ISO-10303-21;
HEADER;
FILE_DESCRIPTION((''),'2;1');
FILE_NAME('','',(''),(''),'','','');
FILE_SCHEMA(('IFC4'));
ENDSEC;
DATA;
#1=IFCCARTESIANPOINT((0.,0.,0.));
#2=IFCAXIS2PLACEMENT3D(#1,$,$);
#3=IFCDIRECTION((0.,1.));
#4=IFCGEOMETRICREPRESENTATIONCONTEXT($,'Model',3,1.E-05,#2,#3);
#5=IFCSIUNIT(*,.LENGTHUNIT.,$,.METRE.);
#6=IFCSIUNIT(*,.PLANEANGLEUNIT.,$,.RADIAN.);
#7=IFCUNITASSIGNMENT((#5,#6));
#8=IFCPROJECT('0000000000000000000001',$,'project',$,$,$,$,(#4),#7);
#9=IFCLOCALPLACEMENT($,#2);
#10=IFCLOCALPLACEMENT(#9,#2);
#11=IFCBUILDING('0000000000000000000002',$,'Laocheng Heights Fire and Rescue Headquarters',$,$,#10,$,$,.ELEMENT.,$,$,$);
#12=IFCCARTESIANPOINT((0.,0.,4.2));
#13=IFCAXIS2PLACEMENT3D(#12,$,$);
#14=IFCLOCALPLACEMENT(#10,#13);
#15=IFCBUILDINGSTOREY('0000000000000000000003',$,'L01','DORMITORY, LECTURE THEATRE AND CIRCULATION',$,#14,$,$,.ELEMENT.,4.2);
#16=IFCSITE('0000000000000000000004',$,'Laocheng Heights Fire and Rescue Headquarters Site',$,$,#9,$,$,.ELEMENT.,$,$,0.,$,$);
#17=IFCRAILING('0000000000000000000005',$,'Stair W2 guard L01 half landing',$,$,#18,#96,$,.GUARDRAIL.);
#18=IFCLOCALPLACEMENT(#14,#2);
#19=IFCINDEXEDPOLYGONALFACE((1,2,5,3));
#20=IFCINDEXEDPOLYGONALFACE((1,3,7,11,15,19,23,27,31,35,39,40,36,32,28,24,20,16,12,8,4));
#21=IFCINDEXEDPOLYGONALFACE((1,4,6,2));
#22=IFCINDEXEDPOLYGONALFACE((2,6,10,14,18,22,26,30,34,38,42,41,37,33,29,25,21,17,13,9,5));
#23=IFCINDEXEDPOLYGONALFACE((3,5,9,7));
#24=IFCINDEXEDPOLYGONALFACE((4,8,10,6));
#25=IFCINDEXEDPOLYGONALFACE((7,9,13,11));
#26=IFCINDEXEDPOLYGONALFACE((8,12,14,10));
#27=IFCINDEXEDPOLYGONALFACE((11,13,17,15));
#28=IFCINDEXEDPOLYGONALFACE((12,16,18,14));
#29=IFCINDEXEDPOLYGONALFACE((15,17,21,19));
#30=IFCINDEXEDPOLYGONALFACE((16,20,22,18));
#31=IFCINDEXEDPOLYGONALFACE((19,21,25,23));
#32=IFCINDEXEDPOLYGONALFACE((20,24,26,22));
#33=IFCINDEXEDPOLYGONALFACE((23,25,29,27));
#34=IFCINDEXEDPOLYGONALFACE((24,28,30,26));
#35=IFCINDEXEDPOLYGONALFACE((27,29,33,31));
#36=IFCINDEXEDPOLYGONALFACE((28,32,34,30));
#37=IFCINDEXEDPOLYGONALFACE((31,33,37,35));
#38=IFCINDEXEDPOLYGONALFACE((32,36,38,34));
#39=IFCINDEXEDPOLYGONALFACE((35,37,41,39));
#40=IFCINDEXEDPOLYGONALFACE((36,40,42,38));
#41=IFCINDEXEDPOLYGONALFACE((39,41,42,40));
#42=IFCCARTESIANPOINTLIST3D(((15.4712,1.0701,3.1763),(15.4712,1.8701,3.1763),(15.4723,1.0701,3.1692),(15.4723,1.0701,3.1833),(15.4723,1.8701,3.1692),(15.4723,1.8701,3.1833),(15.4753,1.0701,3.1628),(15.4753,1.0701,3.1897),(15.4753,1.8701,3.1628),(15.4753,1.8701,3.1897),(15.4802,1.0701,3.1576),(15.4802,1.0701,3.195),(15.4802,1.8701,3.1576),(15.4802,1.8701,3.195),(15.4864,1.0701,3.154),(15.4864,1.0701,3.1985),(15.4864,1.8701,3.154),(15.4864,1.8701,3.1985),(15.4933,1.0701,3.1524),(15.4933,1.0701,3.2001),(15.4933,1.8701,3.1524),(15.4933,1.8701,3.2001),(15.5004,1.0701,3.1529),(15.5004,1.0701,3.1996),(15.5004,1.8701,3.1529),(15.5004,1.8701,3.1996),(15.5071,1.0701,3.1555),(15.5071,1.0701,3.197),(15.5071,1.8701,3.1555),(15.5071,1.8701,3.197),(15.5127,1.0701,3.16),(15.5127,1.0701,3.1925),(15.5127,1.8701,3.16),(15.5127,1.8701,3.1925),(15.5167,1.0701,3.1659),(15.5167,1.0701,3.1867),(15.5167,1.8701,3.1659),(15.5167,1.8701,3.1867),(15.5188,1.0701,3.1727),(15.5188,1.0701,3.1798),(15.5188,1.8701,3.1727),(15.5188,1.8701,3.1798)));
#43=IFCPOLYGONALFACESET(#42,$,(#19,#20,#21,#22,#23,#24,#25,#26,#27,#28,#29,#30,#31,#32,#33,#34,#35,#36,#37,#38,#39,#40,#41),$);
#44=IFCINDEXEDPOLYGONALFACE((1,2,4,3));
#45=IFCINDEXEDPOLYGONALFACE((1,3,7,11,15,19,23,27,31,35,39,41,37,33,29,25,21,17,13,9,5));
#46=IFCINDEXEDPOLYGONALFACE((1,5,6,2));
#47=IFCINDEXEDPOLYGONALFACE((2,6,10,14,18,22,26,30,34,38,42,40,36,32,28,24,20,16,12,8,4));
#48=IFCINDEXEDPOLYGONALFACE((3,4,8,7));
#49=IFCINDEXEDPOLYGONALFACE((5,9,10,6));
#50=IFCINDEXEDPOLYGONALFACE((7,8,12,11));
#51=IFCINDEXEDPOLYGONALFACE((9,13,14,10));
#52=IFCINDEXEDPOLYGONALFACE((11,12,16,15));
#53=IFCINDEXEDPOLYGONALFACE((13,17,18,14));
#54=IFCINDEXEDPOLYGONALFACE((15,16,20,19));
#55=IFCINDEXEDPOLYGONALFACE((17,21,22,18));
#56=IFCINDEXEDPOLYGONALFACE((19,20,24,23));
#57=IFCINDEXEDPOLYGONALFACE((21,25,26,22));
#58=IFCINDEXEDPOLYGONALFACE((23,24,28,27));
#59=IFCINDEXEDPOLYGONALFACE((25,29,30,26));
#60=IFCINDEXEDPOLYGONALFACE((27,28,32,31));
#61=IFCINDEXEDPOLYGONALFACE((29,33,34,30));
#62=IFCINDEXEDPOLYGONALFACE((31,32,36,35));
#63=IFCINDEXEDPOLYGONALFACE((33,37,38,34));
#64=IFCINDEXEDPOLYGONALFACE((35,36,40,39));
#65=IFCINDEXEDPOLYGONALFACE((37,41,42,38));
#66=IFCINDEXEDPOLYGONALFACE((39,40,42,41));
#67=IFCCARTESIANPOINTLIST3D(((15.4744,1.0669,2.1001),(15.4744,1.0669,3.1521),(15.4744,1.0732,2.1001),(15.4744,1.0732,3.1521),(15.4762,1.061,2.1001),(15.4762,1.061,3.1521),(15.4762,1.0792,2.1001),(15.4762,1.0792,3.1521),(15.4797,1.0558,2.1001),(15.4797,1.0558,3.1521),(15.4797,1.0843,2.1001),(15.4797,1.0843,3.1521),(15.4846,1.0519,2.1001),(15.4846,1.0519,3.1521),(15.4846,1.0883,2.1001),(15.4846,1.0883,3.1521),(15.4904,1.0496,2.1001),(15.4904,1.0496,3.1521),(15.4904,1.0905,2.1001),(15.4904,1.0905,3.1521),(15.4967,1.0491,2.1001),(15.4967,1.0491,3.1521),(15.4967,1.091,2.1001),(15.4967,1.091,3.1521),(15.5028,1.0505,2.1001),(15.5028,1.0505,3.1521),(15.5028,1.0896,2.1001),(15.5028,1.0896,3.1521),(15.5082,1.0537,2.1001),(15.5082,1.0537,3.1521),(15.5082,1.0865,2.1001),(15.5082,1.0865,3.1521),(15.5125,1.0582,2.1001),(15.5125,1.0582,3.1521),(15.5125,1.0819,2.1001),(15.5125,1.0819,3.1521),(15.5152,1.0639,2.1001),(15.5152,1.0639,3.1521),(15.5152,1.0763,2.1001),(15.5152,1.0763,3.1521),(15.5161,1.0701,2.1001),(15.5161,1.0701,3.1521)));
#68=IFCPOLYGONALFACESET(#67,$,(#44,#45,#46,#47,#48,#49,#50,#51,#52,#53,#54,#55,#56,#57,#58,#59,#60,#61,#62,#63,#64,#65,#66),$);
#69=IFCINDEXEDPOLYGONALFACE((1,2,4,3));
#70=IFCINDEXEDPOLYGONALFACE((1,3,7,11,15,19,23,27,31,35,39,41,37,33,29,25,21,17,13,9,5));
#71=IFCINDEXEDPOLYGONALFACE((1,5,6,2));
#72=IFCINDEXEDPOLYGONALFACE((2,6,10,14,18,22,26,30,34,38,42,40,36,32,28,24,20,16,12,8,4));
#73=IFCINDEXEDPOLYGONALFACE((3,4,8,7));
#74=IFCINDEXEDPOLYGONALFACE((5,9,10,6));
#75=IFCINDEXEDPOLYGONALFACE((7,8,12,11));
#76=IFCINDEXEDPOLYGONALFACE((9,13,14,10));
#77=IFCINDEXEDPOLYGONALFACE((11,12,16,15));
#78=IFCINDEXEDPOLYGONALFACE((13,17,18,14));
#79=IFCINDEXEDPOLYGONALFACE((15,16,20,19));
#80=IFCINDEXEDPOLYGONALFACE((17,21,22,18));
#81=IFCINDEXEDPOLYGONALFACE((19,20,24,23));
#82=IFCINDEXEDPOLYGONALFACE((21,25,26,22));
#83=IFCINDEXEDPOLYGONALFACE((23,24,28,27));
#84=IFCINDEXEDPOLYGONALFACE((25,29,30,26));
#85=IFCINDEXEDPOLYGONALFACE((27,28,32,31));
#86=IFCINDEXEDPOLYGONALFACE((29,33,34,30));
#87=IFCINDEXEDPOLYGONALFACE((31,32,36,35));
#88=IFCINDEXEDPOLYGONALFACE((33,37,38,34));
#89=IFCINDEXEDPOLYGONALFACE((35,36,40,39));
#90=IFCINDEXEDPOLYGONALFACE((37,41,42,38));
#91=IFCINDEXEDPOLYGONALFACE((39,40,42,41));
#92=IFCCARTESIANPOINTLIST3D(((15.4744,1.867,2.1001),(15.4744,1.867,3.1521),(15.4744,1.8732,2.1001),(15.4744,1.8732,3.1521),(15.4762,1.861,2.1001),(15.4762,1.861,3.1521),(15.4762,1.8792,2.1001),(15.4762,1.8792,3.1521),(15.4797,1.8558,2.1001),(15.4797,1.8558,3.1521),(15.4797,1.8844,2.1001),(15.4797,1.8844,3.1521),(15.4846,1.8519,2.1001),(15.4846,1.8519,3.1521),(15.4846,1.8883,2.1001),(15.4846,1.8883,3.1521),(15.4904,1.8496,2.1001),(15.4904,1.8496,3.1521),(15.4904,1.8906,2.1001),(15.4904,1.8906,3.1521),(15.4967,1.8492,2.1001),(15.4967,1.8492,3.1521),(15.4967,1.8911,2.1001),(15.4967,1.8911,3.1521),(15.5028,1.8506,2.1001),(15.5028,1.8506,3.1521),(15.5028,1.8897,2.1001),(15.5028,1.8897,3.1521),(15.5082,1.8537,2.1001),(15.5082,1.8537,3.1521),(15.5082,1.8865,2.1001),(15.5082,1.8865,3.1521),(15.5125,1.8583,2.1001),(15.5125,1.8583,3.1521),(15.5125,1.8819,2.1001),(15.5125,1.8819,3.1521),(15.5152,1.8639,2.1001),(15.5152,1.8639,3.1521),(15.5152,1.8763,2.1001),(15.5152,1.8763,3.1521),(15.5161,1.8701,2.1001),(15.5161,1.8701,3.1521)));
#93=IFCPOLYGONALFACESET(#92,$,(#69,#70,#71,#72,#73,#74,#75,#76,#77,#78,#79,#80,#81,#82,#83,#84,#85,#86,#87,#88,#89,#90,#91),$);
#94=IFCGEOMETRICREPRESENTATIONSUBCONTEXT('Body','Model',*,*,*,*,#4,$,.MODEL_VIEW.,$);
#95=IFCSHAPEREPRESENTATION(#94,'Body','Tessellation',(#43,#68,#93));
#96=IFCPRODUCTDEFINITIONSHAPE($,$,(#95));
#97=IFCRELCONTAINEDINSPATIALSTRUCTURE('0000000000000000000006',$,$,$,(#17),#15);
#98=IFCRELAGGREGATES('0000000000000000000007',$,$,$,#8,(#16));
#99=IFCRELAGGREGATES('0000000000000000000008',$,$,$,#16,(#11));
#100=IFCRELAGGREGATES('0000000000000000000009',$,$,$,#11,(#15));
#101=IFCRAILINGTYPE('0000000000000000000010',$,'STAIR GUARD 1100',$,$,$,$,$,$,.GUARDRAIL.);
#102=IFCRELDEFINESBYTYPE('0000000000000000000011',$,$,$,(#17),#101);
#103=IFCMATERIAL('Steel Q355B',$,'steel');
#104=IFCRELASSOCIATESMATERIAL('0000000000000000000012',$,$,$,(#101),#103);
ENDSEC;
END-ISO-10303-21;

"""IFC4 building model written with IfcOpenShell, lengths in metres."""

from ifc_helpers import new_model, si_unit, direction, frame, origin, origin_2d, place, context, subcontext, project, spatial, circle, extrude, material, type_object, element, save


model = new_model("IFC4")

# Units and contexts
model_context = context("Model", 3, precision=1e-05, world=origin(), true_north=direction((0.0, 1.0)))
body_context = subcontext(model_context, "Body", "Model", "MODEL_VIEW")
ifc_project = project(units=[si_unit("LENGTHUNIT", "METRE"), si_unit("PLANEANGLEUNIT", "RADIAN")], contexts=[model_context])

# Site, building, storey
site_placement = place(None, origin())
site = spatial("IfcSite", under=ifc_project, at=site_placement, Name="Laocheng Heights Fire and Rescue Headquarters Site", CompositionType="ELEMENT", RefElevation=0.0)
building_placement = place(site_placement, origin())
building = spatial("IfcBuilding", under=site, at=building_placement, Name="Laocheng Heights Fire and Rescue Headquarters", CompositionType="ELEMENT")
storey_placement = place(building_placement, frame((0.0, 0.0, 4.2)))
storey = spatial("IfcBuildingStorey", under=building, at=storey_placement, Name="L01", Description="DORMITORY, LECTURE THEATRE AND CIRCULATION", CompositionType="ELEMENT", Elevation=4.2)

# Railing
ifc_material_1 = material(Name="Steel Q355B", Category="steel")
railing_type_1 = type_object("IfcRailingType", Name="STAIR GUARD 1100", PredefinedType="GUARDRAIL", material=ifc_material_1)
railing_1_placement = place(storey_placement, frame((15.4951, 1.0701, 2.1001)))
element("IfcRailing", 1, at=railing_1_placement, inside=storey, type_object=railing_type_1, Name="Stair W2 guard L01 half landing", PredefinedType="GUARDRAIL", context=body_context, shape_type="SweptSolid", body=[
    extrude(circle(Radius=0.0239, at=origin_2d()), frame((0.0, 0.0, 1.0762), z_axis=(0.0, 1.0, 0.0), x_axis=(-1.0, 0.0, 0.0)), (0.0, 0.0, 1.0), 0.8),
    extrude(circle(Radius=0.021, at=origin_2d()), origin(), (0.0, 0.0, 1.0), 1.052),
    extrude(circle(Radius=0.021, at=origin_2d()), frame((0.0, 0.8, 0.0)), (0.0, 0.0, 1.0), 1.052),
])

save(model, "model.ifc")
